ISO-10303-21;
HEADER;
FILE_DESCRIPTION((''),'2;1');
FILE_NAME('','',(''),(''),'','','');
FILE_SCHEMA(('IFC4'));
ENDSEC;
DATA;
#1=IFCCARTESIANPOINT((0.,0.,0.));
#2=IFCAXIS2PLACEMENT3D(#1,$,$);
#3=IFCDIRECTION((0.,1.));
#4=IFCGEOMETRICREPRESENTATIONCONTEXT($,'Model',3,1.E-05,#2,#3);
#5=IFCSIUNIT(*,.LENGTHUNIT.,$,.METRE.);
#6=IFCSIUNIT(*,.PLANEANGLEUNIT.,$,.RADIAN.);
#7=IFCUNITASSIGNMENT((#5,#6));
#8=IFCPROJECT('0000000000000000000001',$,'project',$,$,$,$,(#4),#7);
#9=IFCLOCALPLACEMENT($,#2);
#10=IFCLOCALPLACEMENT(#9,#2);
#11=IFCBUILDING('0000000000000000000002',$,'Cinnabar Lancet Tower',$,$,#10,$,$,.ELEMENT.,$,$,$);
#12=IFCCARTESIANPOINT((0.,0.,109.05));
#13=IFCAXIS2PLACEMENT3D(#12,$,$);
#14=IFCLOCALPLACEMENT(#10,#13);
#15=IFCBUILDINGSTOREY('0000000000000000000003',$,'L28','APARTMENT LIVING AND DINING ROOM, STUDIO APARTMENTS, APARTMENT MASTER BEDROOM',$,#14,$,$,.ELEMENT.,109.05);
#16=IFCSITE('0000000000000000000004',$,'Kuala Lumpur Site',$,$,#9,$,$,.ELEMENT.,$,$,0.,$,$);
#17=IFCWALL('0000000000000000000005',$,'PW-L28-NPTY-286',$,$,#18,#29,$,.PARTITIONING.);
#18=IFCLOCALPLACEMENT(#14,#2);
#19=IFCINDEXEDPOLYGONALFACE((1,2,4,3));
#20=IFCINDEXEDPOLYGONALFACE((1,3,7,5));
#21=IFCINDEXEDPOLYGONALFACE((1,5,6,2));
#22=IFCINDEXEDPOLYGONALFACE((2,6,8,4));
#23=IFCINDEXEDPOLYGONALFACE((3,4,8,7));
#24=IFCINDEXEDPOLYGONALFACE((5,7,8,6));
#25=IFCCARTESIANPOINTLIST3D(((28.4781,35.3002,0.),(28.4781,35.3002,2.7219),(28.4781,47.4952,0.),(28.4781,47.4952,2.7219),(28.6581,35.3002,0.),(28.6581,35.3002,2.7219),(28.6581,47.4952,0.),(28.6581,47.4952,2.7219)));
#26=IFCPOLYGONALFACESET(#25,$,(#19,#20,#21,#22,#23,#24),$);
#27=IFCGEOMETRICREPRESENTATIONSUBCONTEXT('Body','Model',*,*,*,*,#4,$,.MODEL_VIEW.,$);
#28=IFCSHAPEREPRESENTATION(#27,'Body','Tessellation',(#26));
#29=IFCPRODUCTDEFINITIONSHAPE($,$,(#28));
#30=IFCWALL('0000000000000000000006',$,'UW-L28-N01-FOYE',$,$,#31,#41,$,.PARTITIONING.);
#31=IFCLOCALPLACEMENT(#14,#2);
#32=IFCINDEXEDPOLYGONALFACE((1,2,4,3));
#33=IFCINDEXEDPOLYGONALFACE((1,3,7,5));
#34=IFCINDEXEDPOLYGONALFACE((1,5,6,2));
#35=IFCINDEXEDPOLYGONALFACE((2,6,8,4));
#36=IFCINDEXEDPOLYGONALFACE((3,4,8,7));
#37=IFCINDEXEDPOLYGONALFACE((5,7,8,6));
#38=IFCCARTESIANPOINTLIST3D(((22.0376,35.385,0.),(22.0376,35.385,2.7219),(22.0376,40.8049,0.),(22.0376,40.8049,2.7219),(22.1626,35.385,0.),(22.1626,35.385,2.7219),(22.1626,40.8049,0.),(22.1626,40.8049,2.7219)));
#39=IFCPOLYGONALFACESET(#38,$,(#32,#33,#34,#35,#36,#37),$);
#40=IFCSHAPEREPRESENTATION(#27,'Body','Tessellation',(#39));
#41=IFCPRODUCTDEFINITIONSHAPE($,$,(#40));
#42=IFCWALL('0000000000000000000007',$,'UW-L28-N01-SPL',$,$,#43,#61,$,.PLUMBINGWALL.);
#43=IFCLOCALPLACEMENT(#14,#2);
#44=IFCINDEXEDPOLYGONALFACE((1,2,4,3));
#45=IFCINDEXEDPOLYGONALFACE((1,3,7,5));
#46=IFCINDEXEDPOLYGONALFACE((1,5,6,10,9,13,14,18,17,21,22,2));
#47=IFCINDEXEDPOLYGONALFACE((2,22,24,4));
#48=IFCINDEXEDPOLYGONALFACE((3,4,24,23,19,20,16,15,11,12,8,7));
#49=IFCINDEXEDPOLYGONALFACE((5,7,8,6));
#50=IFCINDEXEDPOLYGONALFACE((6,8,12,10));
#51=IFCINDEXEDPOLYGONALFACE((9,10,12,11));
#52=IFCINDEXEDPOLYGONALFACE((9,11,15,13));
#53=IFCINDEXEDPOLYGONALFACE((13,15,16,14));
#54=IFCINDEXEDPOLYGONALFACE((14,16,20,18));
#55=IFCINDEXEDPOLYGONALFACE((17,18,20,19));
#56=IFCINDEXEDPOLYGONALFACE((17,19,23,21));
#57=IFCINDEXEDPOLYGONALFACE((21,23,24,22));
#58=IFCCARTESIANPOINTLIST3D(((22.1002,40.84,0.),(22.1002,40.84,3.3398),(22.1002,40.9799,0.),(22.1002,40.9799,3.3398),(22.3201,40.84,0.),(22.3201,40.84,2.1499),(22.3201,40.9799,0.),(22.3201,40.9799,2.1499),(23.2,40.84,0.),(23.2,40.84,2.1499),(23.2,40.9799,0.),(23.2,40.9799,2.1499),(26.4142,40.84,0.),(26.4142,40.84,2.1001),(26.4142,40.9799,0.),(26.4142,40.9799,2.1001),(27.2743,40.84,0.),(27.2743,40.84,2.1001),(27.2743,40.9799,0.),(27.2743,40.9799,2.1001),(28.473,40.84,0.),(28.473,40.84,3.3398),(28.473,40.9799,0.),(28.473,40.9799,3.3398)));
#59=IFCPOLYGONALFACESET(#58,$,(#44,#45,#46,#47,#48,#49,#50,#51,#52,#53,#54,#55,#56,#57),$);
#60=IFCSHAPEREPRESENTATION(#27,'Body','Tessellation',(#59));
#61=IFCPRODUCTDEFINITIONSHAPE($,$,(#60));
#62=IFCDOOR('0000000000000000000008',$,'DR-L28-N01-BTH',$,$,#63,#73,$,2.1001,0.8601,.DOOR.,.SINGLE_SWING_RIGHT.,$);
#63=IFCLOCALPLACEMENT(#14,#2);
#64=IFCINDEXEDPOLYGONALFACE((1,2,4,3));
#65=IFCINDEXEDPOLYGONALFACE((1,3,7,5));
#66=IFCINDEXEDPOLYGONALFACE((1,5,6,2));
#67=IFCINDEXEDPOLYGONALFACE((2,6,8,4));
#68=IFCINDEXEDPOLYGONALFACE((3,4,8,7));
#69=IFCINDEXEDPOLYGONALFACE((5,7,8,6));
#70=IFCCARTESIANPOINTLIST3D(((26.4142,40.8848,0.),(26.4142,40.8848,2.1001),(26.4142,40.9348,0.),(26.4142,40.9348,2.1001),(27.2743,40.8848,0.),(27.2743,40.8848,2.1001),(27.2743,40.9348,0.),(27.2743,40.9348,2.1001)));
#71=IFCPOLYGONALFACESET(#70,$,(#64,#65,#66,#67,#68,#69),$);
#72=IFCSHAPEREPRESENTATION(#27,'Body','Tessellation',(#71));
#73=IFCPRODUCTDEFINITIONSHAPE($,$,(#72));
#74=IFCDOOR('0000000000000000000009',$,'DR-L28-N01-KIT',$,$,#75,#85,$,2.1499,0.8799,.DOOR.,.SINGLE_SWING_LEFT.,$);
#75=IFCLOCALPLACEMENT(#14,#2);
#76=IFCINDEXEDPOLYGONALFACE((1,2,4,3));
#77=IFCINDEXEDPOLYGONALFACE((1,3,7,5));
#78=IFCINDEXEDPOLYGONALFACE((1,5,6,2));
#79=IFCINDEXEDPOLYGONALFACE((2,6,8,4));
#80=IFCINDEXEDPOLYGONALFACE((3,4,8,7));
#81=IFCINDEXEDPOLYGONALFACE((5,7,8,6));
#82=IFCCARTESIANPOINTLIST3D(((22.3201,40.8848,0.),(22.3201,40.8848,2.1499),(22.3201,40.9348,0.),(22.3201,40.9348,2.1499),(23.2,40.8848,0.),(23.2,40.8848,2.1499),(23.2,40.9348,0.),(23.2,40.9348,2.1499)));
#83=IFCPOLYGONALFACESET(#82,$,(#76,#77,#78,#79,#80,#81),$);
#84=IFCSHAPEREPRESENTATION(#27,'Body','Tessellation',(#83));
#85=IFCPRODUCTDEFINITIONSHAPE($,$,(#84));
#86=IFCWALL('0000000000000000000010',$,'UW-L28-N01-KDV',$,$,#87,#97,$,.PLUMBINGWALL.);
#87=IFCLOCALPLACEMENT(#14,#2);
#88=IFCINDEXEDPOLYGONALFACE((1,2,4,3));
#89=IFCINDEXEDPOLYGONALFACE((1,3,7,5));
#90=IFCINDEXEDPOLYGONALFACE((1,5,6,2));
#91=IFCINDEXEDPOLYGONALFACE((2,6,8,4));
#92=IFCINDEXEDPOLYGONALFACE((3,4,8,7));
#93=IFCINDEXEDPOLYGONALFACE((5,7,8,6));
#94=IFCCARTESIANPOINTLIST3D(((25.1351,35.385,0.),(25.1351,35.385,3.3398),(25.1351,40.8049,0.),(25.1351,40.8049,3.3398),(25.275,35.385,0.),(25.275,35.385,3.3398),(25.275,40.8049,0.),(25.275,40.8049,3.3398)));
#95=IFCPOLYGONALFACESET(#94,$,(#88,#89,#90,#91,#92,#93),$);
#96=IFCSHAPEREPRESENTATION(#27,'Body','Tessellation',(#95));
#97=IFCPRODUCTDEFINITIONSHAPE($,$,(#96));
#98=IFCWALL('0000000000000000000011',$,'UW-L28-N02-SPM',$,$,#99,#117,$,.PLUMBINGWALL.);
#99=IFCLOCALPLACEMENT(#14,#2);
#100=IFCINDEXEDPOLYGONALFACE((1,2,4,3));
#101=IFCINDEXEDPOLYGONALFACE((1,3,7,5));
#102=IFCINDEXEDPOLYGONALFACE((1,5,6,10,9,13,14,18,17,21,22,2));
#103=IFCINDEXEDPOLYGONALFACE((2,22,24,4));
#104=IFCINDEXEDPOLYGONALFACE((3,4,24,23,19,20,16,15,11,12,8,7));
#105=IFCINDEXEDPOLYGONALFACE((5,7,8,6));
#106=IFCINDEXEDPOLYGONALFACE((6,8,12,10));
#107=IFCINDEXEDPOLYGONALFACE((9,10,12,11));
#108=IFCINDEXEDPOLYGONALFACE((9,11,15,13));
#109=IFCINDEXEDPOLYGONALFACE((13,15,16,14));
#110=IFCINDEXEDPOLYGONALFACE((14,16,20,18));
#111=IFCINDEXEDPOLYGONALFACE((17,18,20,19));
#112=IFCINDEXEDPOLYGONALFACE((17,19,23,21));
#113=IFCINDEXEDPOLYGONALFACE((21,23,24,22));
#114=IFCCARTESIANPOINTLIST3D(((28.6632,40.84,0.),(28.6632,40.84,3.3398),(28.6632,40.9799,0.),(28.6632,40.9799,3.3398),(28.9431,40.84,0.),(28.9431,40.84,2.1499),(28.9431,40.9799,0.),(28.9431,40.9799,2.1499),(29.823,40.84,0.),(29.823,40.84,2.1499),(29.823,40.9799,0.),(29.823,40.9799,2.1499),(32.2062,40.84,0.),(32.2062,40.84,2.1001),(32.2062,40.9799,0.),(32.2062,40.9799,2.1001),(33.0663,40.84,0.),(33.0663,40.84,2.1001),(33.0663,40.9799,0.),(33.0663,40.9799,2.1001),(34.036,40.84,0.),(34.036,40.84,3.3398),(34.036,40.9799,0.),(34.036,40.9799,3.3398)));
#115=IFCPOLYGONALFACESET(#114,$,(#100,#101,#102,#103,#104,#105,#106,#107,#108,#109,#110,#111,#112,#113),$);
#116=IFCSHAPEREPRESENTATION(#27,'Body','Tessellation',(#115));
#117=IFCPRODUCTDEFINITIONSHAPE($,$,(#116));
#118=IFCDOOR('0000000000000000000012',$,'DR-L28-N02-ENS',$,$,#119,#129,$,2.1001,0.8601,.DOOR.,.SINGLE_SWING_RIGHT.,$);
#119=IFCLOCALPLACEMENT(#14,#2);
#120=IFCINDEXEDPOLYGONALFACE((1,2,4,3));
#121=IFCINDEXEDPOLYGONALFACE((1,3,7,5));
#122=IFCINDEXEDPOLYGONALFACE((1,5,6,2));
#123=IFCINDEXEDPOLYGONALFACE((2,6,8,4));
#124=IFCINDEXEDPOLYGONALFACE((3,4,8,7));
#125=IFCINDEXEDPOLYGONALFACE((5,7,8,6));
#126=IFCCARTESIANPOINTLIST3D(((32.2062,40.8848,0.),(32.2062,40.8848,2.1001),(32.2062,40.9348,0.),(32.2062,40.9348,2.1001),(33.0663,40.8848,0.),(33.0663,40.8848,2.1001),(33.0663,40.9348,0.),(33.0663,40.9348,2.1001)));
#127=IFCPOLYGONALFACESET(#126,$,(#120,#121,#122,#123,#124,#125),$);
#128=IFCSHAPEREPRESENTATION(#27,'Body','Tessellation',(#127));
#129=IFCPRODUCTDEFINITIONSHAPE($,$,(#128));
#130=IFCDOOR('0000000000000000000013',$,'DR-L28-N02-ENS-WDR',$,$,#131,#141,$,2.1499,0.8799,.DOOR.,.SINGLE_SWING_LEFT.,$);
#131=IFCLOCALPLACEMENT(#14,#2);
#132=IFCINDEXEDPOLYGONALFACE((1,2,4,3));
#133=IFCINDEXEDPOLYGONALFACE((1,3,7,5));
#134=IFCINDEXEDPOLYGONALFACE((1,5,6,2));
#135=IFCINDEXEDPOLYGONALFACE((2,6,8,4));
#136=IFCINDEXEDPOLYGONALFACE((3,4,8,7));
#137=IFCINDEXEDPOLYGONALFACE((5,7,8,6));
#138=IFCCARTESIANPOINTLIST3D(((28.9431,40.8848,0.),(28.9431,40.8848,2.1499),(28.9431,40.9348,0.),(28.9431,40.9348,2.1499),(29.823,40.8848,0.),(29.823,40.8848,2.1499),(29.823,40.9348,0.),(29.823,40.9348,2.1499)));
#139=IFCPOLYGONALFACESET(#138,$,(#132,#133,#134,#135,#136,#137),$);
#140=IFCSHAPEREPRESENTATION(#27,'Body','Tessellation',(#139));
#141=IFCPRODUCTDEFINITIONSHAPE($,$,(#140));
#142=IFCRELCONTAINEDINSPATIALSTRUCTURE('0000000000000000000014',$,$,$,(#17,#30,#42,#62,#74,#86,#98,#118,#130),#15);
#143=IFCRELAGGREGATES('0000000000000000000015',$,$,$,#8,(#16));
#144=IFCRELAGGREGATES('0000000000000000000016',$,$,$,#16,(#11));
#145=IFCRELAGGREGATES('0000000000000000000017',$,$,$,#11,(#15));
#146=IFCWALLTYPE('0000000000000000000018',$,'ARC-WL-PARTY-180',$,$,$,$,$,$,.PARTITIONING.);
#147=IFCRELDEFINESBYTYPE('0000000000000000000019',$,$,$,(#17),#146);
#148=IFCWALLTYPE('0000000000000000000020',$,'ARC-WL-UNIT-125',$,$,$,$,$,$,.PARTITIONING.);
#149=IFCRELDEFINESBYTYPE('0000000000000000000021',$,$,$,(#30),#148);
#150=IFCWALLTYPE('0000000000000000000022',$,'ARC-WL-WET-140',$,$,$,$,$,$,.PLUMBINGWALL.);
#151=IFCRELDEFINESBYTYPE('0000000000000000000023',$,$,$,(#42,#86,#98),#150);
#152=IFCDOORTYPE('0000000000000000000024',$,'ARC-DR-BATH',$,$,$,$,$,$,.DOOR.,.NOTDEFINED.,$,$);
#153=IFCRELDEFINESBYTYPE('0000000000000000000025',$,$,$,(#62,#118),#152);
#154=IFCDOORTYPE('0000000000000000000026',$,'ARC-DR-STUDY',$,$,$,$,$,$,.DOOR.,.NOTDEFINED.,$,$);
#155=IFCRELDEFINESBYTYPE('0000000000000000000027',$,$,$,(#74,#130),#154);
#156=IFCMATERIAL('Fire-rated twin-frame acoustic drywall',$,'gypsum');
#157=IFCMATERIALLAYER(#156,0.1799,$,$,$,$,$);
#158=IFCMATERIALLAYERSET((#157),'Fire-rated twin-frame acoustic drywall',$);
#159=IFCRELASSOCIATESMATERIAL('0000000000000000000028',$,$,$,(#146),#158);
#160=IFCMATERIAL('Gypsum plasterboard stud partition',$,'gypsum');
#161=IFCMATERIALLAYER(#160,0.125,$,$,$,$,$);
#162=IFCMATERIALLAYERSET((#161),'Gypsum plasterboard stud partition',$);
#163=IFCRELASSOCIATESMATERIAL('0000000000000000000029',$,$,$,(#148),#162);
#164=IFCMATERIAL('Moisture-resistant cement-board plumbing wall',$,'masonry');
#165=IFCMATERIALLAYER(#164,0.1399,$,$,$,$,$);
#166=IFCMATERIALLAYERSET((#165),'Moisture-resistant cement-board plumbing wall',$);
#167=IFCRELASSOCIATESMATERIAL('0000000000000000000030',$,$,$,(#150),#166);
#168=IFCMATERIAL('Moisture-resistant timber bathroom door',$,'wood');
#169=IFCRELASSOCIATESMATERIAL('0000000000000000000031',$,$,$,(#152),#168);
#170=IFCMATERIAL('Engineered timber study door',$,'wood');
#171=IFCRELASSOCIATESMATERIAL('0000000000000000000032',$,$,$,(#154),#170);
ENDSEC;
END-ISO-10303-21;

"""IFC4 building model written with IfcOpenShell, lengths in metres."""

from ifc_helpers import new_model, si_unit, direction, frame, frame_2d, origin, place, context, subcontext, project, spatial, rectangle, extrude, material, layer, layer_set, type_object, element, fill, save


model = new_model("IFC4")

# Units and contexts
model_context = context("Model", 3, precision=1e-05, world=origin(), true_north=direction((0.0, 1.0)))
body_context = subcontext(model_context, "Body", "Model", "MODEL_VIEW")
ifc_project = project(units=[si_unit("LENGTHUNIT", "METRE"), si_unit("PLANEANGLEUNIT", "RADIAN")], contexts=[model_context])

# Site, building, storey
site_placement = place(None, origin())
site = spatial("IfcSite", under=ifc_project, at=site_placement, Name="Kuala Lumpur Site", CompositionType="ELEMENT", RefElevation=0.0)
building_placement = place(site_placement, origin())
building = spatial("IfcBuilding", under=site, at=building_placement, Name="Cinnabar Lancet Tower", CompositionType="ELEMENT")
storey_placement = place(building_placement, frame((0.0, 0.0, 109.05)))
storey = spatial("IfcBuildingStorey", under=building, at=storey_placement, Name="L28", Description="APARTMENT LIVING AND DINING ROOM, STUDIO APARTMENTS, APARTMENT MASTER BEDROOM", CompositionType="ELEMENT", Elevation=109.05)

# Walls
ifc_material_1 = material(Name="Fire-rated twin-frame acoustic drywall", Category="gypsum")
ifc_layer_1 = layer(ifc_material_1, 0.1799)
ifc_layer_set_1 = layer_set([ifc_layer_1], Name="Fire-rated twin-frame acoustic drywall")
wall_type_1 = type_object("IfcWallType", Name="ARC-WL-PARTY-180", PredefinedType="PARTITIONING", material=ifc_layer_set_1)
wall_1_placement = place(storey_placement, frame((28.5681, 35.3, 0.0), z_axis=(0.0, 0.0, 1.0), x_axis=(0.0, 1.0, 0.0)))
element("IfcWall", 1, at=wall_1_placement, inside=storey, type_object=wall_type_1, Name="PW-L28-NPTY-286", PredefinedType="PARTITIONING", context=body_context, shape_type="SweptSolid", body=[
    extrude(rectangle(XDim=12.1951, YDim=0.1799, at=frame_2d((6.0977, 0.0))), origin(), (0.0, 0.0, 1.0), 2.7219),
])
ifc_material_2 = material(Name="Gypsum plasterboard stud partition", Category="gypsum")
ifc_layer_2 = layer(ifc_material_2, 0.125)
ifc_layer_set_2 = layer_set([ifc_layer_2], Name="Gypsum plasterboard stud partition")
wall_type_2 = type_object("IfcWallType", Name="ARC-WL-UNIT-125", PredefinedType="PARTITIONING", material=ifc_layer_set_2)
wall_2_placement = place(storey_placement, frame((22.1001, 35.385, 0.0), z_axis=(0.0, 0.0, 1.0), x_axis=(0.0, 1.0, 0.0)))
element("IfcWall", 2, at=wall_2_placement, inside=storey, type_object=wall_type_2, Name="UW-L28-N01-FOYE", PredefinedType="PARTITIONING", context=body_context, shape_type="SweptSolid", body=[
    extrude(rectangle(XDim=5.4199, YDim=0.125, at=frame_2d((2.71, 0.0))), origin(), (0.0, 0.0, 1.0), 2.7219),
])

# Wall, openings, doors
ifc_material_3 = material(Name="Moisture-resistant cement-board plumbing wall", Category="masonry")
ifc_layer_3 = layer(ifc_material_3, 0.1399)
ifc_layer_set_3 = layer_set([ifc_layer_3], Name="Moisture-resistant cement-board plumbing wall")
wall_type_3 = type_object("IfcWallType", Name="ARC-WL-WET-140", PredefinedType="PLUMBINGWALL", material=ifc_layer_set_3)
wall_3_placement = place(storey_placement, frame((22.1001, 40.9099, 0.0), z_axis=(0.0, 0.0, 1.0), x_axis=(1.0, 0.0, 0.0)))
wall_3 = element("IfcWall", 3, at=wall_3_placement, inside=storey, type_object=wall_type_3, Name="UW-L28-N01-SPL", PredefinedType="PLUMBINGWALL", context=body_context, shape_type="SweptSolid", body=[
    extrude(rectangle(XDim=6.3728, YDim=0.1399, at=frame_2d((3.1865, 0.0))), origin(), (0.0, 0.0, 1.0), 3.3398),
])
opening_1_placement = place(wall_3_placement, frame((4.314, 0.0, 0.0)))
opening_1 = element("IfcOpeningElement", 4, at=opening_1_placement, cuts=wall_3, PredefinedType="OPENING", context=body_context, shape_type="SweptSolid", body=[
    extrude(rectangle(XDim=0.8601, YDim=2.1001, at=frame_2d((0.4302, 1.05))), frame((0.0, 0.0798, 0.0), z_axis=(0.0, -1.0, 0.0), x_axis=(1.0, 0.0, 0.0)), (0.0, 0.0, 1.0), 0.1599),
])
opening_2_placement = place(wall_3_placement, frame((0.22, 0.0, 0.0)))
opening_2 = element("IfcOpeningElement", 5, at=opening_2_placement, cuts=wall_3, PredefinedType="OPENING", context=body_context, shape_type="SweptSolid", body=[
    extrude(rectangle(XDim=0.8799, YDim=2.1499, at=frame_2d((0.4399, 1.075))), frame((0.0, 0.0798, 0.0), z_axis=(0.0, -1.0, 0.0), x_axis=(1.0, 0.0, 0.0)), (0.0, 0.0, 1.0), 0.1599),
])
ifc_material_4 = material(Name="Moisture-resistant timber bathroom door", Category="wood")
door_type_1 = type_object("IfcDoorType", Name="ARC-DR-BATH", OperationType="NOTDEFINED", PredefinedType="DOOR", material=ifc_material_4)
door_1_placement = place(opening_1_placement, origin())
door_1 = element("IfcDoor", 6, at=door_1_placement, inside=storey, type_object=door_type_1, Name="DR-L28-N01-BTH", OperationType="SINGLE_SWING_RIGHT", OverallHeight=2.1001, OverallWidth=0.8601, PredefinedType="DOOR", context=body_context, shape_type="SweptSolid", body=[
    extrude(rectangle(XDim=0.8601, YDim=2.1001, at=frame_2d((0.4302, 1.05))), frame((0.0, 0.0249, 0.0), z_axis=(0.0, -1.0, 0.0), x_axis=(1.0, 0.0, 0.0)), (0.0, 0.0, 1.0), 0.05),
])
fill(opening_1, door_1)
ifc_material_5 = material(Name="Engineered timber study door", Category="wood")
door_type_2 = type_object("IfcDoorType", Name="ARC-DR-STUDY", OperationType="NOTDEFINED", PredefinedType="DOOR", material=ifc_material_5)
door_2_placement = place(opening_2_placement, origin())
door_2 = element("IfcDoor", 7, at=door_2_placement, inside=storey, type_object=door_type_2, Name="DR-L28-N01-KIT", OperationType="SINGLE_SWING_LEFT", OverallHeight=2.1499, OverallWidth=0.8799, PredefinedType="DOOR", context=body_context, shape_type="SweptSolid", body=[
    extrude(rectangle(XDim=0.8799, YDim=2.1499, at=frame_2d((0.4399, 1.075))), frame((0.0, 0.0249, 0.0), z_axis=(0.0, -1.0, 0.0), x_axis=(1.0, 0.0, 0.0)), (0.0, 0.0, 1.0), 0.05),
])
fill(opening_2, door_2)

# Wall
wall_4_placement = place(storey_placement, frame((25.2051, 35.385, 0.0), z_axis=(0.0, 0.0, 1.0), x_axis=(0.0, 1.0, 0.0)))
element("IfcWall", 8, at=wall_4_placement, inside=storey, type_object=wall_type_3, Name="UW-L28-N01-KDV", PredefinedType="PLUMBINGWALL", context=body_context, shape_type="SweptSolid", body=[
    extrude(rectangle(XDim=5.4199, YDim=0.1399, at=frame_2d((2.71, 0.0))), origin(), (0.0, 0.0, 1.0), 3.3398),
])

# Wall, openings, doors
wall_5_placement = place(storey_placement, frame((28.6631, 40.9099, 0.0), z_axis=(0.0, 0.0, 1.0), x_axis=(1.0, 0.0, 0.0)))
wall_5 = element("IfcWall", 9, at=wall_5_placement, inside=storey, type_object=wall_type_3, Name="UW-L28-N02-SPM", PredefinedType="PLUMBINGWALL", context=body_context, shape_type="SweptSolid", body=[
    extrude(rectangle(XDim=5.3728, YDim=0.1399, at=frame_2d((2.6865, 0.0))), origin(), (0.0, 0.0, 1.0), 3.3398),
])
opening_3_placement = place(wall_5_placement, frame((0.28, 0.0, 0.0)))
opening_3 = element("IfcOpeningElement", 10, at=opening_3_placement, cuts=wall_5, PredefinedType="OPENING", context=body_context, shape_type="SweptSolid", body=[
    extrude(rectangle(XDim=0.8799, YDim=2.1499, at=frame_2d((0.4399, 1.075))), frame((0.0, 0.0798, 0.0), z_axis=(0.0, -1.0, 0.0), x_axis=(1.0, 0.0, 0.0)), (0.0, 0.0, 1.0), 0.1599),
])
opening_4_placement = place(wall_5_placement, frame((3.543, 0.0, 0.0)))
opening_4 = element("IfcOpeningElement", 11, at=opening_4_placement, cuts=wall_5, PredefinedType="OPENING", context=body_context, shape_type="SweptSolid", body=[
    extrude(rectangle(XDim=0.8601, YDim=2.1001, at=frame_2d((0.4302, 1.05))), frame((0.0, 0.0798, 0.0), z_axis=(0.0, -1.0, 0.0), x_axis=(1.0, 0.0, 0.0)), (0.0, 0.0, 1.0), 0.1599),
])
door_3_placement = place(opening_4_placement, origin())
door_3 = element("IfcDoor", 12, at=door_3_placement, inside=storey, type_object=door_type_1, Name="DR-L28-N02-ENS", OperationType="SINGLE_SWING_RIGHT", OverallHeight=2.1001, OverallWidth=0.8601, PredefinedType="DOOR", context=body_context, shape_type="SweptSolid", body=[
    extrude(rectangle(XDim=0.8601, YDim=2.1001, at=frame_2d((0.4302, 1.05))), frame((0.0, 0.0249, 0.0), z_axis=(0.0, -1.0, 0.0), x_axis=(1.0, 0.0, 0.0)), (0.0, 0.0, 1.0), 0.05),
])
fill(opening_4, door_3)
door_4_placement = place(opening_3_placement, origin())
door_4 = element("IfcDoor", 13, at=door_4_placement, inside=storey, type_object=door_type_2, Name="DR-L28-N02-ENS-WDR", OperationType="SINGLE_SWING_LEFT", OverallHeight=2.1499, OverallWidth=0.8799, PredefinedType="DOOR", context=body_context, shape_type="SweptSolid", body=[
    extrude(rectangle(XDim=0.8799, YDim=2.1499, at=frame_2d((0.4399, 1.075))), frame((0.0, 0.0249, 0.0), z_axis=(0.0, -1.0, 0.0), x_axis=(1.0, 0.0, 0.0)), (0.0, 0.0, 1.0), 0.05),
])
fill(opening_3, door_4)

save(model, "model.ifc")
